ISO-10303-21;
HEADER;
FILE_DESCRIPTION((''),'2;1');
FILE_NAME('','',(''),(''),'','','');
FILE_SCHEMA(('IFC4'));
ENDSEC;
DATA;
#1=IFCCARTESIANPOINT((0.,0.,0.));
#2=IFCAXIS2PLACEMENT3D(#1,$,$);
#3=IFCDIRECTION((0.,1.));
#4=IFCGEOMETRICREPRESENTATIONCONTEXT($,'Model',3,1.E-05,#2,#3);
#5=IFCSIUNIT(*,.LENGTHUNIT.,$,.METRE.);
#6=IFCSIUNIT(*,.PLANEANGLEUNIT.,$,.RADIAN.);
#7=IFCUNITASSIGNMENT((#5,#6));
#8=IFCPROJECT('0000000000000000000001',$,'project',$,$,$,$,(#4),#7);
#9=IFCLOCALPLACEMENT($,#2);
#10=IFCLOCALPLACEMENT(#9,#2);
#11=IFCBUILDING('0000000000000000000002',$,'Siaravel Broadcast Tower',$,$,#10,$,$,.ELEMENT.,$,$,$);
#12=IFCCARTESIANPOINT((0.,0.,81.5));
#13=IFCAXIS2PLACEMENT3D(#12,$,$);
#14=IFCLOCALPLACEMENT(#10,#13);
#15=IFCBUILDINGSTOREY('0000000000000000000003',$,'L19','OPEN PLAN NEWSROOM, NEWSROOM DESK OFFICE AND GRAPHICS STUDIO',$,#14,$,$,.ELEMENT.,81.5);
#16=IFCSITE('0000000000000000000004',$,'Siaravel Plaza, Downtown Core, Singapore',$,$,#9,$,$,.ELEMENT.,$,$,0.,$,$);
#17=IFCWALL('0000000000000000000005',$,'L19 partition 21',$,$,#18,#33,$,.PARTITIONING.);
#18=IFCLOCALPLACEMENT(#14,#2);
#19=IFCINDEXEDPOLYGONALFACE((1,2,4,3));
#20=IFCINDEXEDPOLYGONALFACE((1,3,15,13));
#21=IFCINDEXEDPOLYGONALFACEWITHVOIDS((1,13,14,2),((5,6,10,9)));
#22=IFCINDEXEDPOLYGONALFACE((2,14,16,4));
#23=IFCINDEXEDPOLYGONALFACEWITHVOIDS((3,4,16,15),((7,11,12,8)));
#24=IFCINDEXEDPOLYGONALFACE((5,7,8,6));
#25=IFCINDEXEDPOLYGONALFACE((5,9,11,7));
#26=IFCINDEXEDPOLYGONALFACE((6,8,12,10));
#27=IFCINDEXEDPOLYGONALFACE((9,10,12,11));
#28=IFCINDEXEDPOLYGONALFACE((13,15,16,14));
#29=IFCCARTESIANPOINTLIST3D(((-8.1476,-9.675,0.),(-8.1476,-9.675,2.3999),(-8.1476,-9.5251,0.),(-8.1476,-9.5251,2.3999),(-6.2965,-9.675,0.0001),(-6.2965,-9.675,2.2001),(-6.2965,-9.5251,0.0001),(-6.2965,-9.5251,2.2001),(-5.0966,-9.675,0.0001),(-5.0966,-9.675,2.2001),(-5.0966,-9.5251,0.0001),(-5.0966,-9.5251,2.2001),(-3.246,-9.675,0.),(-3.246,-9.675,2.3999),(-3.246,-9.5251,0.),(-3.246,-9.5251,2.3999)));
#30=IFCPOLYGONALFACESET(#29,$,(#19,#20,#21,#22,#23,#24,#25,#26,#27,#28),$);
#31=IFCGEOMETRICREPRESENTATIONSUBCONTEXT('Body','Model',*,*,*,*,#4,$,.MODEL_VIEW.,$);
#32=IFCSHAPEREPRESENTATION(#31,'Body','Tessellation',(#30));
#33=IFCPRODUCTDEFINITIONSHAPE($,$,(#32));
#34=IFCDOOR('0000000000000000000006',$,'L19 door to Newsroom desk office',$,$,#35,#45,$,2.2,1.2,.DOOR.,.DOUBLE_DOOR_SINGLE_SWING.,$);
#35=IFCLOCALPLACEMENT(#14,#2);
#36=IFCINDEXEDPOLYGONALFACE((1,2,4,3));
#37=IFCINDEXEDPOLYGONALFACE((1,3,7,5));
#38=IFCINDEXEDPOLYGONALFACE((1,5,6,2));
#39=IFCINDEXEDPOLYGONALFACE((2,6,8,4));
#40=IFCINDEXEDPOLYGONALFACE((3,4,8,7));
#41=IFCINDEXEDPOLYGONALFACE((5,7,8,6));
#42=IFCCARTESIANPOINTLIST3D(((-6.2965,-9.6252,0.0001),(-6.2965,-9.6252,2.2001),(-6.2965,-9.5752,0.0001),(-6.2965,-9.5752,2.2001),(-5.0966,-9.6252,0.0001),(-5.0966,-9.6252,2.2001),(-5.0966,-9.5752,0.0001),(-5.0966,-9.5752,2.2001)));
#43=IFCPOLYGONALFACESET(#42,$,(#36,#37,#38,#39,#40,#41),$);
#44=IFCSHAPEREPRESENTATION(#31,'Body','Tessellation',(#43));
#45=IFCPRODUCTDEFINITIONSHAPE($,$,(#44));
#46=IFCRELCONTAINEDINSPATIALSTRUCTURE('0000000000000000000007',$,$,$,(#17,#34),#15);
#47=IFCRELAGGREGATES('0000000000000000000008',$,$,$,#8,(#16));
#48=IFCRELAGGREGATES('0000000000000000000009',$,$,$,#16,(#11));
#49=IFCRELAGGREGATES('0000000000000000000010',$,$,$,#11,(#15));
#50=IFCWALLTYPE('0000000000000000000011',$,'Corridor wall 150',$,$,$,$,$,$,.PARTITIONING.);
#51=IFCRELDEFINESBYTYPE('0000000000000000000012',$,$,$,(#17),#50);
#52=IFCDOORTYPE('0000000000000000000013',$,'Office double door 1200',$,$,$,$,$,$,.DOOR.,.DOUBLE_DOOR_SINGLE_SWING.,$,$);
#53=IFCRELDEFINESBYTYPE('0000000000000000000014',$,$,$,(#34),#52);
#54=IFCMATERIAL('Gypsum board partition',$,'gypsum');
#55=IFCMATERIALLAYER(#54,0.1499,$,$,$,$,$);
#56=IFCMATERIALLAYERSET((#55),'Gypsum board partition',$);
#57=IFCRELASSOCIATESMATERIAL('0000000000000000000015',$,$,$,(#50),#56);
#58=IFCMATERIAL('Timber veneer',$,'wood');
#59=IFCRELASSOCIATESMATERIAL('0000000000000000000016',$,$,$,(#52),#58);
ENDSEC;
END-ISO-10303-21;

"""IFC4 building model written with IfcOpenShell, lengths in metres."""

from ifc_helpers import new_model, si_unit, direction, frame, frame_2d, origin, place, context, subcontext, project, spatial, rectangle, extrude, material, layer, layer_set, type_object, element, fill, save


model = new_model("IFC4")

# Units and contexts
model_context = context("Model", 3, precision=1e-05, world=origin(), true_north=direction((0.0, 1.0)))
body_context = subcontext(model_context, "Body", "Model", "MODEL_VIEW")
ifc_project = project(units=[si_unit("LENGTHUNIT", "METRE"), si_unit("PLANEANGLEUNIT", "RADIAN")], contexts=[model_context])

# Site, building, storey
site_placement = place(None, origin())
site = spatial("IfcSite", under=ifc_project, at=site_placement, Name="Siaravel Plaza, Downtown Core, Singapore", CompositionType="ELEMENT", RefElevation=0.0)
building_placement = place(site_placement, origin())
building = spatial("IfcBuilding", under=site, at=building_placement, Name="Siaravel Broadcast Tower", CompositionType="ELEMENT")
storey_placement = place(building_placement, frame((0.0, 0.0, 81.5)))
storey = spatial("IfcBuildingStorey", under=building, at=storey_placement, Name="L19", Description="OPEN PLAN NEWSROOM, NEWSROOM DESK OFFICE AND GRAPHICS STUDIO", CompositionType="ELEMENT", Elevation=81.5)

# Wall, opening, door
ifc_material_1 = material(Name="Gypsum board partition", Category="gypsum")
ifc_layer_1 = layer(ifc_material_1, 0.1499)
ifc_layer_set_1 = layer_set([ifc_layer_1], Name="Gypsum board partition")
wall_type_1 = type_object("IfcWallType", Name="Corridor wall 150", PredefinedType="PARTITIONING", material=ifc_layer_set_1)
ifc_material_2 = material(Name="Timber veneer", Category="wood")
door_type_1 = type_object("IfcDoorType", Name="Office double door 1200", OperationType="DOUBLE_DOOR_SINGLE_SWING", PredefinedType="DOOR", material=ifc_material_2)
wall_1_placement = place(storey_placement, frame((-8.1475, -9.6001, 0.0), z_axis=(0.0, 0.0, 1.0), x_axis=(1.0, 0.0, 0.0)))
wall_1 = element("IfcWall", 1, at=wall_1_placement, inside=storey, type_object=wall_type_1, Name="L19 partition 21", PredefinedType="PARTITIONING", context=body_context, shape_type="SweptSolid", body=[
    extrude(rectangle(XDim=4.9016, YDim=0.1499, at=frame_2d((2.4507, 0.0))), origin(), (0.0, 0.0, 1.0), 2.3999),
])
opening_1_placement = place(wall_1_placement, frame((1.8508, 0.0, 0.0)))
opening_1 = element("IfcOpeningElement", 2, at=opening_1_placement, cuts=wall_1, PredefinedType="OPENING", context=body_context, shape_type="SweptSolid", body=[
    extrude(rectangle(XDim=1.2, YDim=2.2, at=frame_2d((0.6001, 1.1001))), frame((0.0, 0.085, 0.0), z_axis=(0.0, -1.0, 0.0), x_axis=(1.0, 0.0, 0.0)), (0.0, 0.0, 1.0), 0.1699),
])
door_1_placement = place(opening_1_placement, origin())
door_1 = element("IfcDoor", 3, at=door_1_placement, inside=storey, type_object=door_type_1, Name="L19 door to Newsroom desk office", OperationType="DOUBLE_DOOR_SINGLE_SWING", OverallHeight=2.2, OverallWidth=1.2, PredefinedType="DOOR", context=body_context, shape_type="SweptSolid", body=[
    extrude(rectangle(XDim=1.2, YDim=2.2, at=frame_2d((0.6001, 1.1001))), frame((0.0, 0.0249, 0.0), z_axis=(0.0, -1.0, 0.0), x_axis=(1.0, 0.0, 0.0)), (0.0, 0.0, 1.0), 0.05),
])
fill(opening_1, door_1)

save(model, "model.ifc")
